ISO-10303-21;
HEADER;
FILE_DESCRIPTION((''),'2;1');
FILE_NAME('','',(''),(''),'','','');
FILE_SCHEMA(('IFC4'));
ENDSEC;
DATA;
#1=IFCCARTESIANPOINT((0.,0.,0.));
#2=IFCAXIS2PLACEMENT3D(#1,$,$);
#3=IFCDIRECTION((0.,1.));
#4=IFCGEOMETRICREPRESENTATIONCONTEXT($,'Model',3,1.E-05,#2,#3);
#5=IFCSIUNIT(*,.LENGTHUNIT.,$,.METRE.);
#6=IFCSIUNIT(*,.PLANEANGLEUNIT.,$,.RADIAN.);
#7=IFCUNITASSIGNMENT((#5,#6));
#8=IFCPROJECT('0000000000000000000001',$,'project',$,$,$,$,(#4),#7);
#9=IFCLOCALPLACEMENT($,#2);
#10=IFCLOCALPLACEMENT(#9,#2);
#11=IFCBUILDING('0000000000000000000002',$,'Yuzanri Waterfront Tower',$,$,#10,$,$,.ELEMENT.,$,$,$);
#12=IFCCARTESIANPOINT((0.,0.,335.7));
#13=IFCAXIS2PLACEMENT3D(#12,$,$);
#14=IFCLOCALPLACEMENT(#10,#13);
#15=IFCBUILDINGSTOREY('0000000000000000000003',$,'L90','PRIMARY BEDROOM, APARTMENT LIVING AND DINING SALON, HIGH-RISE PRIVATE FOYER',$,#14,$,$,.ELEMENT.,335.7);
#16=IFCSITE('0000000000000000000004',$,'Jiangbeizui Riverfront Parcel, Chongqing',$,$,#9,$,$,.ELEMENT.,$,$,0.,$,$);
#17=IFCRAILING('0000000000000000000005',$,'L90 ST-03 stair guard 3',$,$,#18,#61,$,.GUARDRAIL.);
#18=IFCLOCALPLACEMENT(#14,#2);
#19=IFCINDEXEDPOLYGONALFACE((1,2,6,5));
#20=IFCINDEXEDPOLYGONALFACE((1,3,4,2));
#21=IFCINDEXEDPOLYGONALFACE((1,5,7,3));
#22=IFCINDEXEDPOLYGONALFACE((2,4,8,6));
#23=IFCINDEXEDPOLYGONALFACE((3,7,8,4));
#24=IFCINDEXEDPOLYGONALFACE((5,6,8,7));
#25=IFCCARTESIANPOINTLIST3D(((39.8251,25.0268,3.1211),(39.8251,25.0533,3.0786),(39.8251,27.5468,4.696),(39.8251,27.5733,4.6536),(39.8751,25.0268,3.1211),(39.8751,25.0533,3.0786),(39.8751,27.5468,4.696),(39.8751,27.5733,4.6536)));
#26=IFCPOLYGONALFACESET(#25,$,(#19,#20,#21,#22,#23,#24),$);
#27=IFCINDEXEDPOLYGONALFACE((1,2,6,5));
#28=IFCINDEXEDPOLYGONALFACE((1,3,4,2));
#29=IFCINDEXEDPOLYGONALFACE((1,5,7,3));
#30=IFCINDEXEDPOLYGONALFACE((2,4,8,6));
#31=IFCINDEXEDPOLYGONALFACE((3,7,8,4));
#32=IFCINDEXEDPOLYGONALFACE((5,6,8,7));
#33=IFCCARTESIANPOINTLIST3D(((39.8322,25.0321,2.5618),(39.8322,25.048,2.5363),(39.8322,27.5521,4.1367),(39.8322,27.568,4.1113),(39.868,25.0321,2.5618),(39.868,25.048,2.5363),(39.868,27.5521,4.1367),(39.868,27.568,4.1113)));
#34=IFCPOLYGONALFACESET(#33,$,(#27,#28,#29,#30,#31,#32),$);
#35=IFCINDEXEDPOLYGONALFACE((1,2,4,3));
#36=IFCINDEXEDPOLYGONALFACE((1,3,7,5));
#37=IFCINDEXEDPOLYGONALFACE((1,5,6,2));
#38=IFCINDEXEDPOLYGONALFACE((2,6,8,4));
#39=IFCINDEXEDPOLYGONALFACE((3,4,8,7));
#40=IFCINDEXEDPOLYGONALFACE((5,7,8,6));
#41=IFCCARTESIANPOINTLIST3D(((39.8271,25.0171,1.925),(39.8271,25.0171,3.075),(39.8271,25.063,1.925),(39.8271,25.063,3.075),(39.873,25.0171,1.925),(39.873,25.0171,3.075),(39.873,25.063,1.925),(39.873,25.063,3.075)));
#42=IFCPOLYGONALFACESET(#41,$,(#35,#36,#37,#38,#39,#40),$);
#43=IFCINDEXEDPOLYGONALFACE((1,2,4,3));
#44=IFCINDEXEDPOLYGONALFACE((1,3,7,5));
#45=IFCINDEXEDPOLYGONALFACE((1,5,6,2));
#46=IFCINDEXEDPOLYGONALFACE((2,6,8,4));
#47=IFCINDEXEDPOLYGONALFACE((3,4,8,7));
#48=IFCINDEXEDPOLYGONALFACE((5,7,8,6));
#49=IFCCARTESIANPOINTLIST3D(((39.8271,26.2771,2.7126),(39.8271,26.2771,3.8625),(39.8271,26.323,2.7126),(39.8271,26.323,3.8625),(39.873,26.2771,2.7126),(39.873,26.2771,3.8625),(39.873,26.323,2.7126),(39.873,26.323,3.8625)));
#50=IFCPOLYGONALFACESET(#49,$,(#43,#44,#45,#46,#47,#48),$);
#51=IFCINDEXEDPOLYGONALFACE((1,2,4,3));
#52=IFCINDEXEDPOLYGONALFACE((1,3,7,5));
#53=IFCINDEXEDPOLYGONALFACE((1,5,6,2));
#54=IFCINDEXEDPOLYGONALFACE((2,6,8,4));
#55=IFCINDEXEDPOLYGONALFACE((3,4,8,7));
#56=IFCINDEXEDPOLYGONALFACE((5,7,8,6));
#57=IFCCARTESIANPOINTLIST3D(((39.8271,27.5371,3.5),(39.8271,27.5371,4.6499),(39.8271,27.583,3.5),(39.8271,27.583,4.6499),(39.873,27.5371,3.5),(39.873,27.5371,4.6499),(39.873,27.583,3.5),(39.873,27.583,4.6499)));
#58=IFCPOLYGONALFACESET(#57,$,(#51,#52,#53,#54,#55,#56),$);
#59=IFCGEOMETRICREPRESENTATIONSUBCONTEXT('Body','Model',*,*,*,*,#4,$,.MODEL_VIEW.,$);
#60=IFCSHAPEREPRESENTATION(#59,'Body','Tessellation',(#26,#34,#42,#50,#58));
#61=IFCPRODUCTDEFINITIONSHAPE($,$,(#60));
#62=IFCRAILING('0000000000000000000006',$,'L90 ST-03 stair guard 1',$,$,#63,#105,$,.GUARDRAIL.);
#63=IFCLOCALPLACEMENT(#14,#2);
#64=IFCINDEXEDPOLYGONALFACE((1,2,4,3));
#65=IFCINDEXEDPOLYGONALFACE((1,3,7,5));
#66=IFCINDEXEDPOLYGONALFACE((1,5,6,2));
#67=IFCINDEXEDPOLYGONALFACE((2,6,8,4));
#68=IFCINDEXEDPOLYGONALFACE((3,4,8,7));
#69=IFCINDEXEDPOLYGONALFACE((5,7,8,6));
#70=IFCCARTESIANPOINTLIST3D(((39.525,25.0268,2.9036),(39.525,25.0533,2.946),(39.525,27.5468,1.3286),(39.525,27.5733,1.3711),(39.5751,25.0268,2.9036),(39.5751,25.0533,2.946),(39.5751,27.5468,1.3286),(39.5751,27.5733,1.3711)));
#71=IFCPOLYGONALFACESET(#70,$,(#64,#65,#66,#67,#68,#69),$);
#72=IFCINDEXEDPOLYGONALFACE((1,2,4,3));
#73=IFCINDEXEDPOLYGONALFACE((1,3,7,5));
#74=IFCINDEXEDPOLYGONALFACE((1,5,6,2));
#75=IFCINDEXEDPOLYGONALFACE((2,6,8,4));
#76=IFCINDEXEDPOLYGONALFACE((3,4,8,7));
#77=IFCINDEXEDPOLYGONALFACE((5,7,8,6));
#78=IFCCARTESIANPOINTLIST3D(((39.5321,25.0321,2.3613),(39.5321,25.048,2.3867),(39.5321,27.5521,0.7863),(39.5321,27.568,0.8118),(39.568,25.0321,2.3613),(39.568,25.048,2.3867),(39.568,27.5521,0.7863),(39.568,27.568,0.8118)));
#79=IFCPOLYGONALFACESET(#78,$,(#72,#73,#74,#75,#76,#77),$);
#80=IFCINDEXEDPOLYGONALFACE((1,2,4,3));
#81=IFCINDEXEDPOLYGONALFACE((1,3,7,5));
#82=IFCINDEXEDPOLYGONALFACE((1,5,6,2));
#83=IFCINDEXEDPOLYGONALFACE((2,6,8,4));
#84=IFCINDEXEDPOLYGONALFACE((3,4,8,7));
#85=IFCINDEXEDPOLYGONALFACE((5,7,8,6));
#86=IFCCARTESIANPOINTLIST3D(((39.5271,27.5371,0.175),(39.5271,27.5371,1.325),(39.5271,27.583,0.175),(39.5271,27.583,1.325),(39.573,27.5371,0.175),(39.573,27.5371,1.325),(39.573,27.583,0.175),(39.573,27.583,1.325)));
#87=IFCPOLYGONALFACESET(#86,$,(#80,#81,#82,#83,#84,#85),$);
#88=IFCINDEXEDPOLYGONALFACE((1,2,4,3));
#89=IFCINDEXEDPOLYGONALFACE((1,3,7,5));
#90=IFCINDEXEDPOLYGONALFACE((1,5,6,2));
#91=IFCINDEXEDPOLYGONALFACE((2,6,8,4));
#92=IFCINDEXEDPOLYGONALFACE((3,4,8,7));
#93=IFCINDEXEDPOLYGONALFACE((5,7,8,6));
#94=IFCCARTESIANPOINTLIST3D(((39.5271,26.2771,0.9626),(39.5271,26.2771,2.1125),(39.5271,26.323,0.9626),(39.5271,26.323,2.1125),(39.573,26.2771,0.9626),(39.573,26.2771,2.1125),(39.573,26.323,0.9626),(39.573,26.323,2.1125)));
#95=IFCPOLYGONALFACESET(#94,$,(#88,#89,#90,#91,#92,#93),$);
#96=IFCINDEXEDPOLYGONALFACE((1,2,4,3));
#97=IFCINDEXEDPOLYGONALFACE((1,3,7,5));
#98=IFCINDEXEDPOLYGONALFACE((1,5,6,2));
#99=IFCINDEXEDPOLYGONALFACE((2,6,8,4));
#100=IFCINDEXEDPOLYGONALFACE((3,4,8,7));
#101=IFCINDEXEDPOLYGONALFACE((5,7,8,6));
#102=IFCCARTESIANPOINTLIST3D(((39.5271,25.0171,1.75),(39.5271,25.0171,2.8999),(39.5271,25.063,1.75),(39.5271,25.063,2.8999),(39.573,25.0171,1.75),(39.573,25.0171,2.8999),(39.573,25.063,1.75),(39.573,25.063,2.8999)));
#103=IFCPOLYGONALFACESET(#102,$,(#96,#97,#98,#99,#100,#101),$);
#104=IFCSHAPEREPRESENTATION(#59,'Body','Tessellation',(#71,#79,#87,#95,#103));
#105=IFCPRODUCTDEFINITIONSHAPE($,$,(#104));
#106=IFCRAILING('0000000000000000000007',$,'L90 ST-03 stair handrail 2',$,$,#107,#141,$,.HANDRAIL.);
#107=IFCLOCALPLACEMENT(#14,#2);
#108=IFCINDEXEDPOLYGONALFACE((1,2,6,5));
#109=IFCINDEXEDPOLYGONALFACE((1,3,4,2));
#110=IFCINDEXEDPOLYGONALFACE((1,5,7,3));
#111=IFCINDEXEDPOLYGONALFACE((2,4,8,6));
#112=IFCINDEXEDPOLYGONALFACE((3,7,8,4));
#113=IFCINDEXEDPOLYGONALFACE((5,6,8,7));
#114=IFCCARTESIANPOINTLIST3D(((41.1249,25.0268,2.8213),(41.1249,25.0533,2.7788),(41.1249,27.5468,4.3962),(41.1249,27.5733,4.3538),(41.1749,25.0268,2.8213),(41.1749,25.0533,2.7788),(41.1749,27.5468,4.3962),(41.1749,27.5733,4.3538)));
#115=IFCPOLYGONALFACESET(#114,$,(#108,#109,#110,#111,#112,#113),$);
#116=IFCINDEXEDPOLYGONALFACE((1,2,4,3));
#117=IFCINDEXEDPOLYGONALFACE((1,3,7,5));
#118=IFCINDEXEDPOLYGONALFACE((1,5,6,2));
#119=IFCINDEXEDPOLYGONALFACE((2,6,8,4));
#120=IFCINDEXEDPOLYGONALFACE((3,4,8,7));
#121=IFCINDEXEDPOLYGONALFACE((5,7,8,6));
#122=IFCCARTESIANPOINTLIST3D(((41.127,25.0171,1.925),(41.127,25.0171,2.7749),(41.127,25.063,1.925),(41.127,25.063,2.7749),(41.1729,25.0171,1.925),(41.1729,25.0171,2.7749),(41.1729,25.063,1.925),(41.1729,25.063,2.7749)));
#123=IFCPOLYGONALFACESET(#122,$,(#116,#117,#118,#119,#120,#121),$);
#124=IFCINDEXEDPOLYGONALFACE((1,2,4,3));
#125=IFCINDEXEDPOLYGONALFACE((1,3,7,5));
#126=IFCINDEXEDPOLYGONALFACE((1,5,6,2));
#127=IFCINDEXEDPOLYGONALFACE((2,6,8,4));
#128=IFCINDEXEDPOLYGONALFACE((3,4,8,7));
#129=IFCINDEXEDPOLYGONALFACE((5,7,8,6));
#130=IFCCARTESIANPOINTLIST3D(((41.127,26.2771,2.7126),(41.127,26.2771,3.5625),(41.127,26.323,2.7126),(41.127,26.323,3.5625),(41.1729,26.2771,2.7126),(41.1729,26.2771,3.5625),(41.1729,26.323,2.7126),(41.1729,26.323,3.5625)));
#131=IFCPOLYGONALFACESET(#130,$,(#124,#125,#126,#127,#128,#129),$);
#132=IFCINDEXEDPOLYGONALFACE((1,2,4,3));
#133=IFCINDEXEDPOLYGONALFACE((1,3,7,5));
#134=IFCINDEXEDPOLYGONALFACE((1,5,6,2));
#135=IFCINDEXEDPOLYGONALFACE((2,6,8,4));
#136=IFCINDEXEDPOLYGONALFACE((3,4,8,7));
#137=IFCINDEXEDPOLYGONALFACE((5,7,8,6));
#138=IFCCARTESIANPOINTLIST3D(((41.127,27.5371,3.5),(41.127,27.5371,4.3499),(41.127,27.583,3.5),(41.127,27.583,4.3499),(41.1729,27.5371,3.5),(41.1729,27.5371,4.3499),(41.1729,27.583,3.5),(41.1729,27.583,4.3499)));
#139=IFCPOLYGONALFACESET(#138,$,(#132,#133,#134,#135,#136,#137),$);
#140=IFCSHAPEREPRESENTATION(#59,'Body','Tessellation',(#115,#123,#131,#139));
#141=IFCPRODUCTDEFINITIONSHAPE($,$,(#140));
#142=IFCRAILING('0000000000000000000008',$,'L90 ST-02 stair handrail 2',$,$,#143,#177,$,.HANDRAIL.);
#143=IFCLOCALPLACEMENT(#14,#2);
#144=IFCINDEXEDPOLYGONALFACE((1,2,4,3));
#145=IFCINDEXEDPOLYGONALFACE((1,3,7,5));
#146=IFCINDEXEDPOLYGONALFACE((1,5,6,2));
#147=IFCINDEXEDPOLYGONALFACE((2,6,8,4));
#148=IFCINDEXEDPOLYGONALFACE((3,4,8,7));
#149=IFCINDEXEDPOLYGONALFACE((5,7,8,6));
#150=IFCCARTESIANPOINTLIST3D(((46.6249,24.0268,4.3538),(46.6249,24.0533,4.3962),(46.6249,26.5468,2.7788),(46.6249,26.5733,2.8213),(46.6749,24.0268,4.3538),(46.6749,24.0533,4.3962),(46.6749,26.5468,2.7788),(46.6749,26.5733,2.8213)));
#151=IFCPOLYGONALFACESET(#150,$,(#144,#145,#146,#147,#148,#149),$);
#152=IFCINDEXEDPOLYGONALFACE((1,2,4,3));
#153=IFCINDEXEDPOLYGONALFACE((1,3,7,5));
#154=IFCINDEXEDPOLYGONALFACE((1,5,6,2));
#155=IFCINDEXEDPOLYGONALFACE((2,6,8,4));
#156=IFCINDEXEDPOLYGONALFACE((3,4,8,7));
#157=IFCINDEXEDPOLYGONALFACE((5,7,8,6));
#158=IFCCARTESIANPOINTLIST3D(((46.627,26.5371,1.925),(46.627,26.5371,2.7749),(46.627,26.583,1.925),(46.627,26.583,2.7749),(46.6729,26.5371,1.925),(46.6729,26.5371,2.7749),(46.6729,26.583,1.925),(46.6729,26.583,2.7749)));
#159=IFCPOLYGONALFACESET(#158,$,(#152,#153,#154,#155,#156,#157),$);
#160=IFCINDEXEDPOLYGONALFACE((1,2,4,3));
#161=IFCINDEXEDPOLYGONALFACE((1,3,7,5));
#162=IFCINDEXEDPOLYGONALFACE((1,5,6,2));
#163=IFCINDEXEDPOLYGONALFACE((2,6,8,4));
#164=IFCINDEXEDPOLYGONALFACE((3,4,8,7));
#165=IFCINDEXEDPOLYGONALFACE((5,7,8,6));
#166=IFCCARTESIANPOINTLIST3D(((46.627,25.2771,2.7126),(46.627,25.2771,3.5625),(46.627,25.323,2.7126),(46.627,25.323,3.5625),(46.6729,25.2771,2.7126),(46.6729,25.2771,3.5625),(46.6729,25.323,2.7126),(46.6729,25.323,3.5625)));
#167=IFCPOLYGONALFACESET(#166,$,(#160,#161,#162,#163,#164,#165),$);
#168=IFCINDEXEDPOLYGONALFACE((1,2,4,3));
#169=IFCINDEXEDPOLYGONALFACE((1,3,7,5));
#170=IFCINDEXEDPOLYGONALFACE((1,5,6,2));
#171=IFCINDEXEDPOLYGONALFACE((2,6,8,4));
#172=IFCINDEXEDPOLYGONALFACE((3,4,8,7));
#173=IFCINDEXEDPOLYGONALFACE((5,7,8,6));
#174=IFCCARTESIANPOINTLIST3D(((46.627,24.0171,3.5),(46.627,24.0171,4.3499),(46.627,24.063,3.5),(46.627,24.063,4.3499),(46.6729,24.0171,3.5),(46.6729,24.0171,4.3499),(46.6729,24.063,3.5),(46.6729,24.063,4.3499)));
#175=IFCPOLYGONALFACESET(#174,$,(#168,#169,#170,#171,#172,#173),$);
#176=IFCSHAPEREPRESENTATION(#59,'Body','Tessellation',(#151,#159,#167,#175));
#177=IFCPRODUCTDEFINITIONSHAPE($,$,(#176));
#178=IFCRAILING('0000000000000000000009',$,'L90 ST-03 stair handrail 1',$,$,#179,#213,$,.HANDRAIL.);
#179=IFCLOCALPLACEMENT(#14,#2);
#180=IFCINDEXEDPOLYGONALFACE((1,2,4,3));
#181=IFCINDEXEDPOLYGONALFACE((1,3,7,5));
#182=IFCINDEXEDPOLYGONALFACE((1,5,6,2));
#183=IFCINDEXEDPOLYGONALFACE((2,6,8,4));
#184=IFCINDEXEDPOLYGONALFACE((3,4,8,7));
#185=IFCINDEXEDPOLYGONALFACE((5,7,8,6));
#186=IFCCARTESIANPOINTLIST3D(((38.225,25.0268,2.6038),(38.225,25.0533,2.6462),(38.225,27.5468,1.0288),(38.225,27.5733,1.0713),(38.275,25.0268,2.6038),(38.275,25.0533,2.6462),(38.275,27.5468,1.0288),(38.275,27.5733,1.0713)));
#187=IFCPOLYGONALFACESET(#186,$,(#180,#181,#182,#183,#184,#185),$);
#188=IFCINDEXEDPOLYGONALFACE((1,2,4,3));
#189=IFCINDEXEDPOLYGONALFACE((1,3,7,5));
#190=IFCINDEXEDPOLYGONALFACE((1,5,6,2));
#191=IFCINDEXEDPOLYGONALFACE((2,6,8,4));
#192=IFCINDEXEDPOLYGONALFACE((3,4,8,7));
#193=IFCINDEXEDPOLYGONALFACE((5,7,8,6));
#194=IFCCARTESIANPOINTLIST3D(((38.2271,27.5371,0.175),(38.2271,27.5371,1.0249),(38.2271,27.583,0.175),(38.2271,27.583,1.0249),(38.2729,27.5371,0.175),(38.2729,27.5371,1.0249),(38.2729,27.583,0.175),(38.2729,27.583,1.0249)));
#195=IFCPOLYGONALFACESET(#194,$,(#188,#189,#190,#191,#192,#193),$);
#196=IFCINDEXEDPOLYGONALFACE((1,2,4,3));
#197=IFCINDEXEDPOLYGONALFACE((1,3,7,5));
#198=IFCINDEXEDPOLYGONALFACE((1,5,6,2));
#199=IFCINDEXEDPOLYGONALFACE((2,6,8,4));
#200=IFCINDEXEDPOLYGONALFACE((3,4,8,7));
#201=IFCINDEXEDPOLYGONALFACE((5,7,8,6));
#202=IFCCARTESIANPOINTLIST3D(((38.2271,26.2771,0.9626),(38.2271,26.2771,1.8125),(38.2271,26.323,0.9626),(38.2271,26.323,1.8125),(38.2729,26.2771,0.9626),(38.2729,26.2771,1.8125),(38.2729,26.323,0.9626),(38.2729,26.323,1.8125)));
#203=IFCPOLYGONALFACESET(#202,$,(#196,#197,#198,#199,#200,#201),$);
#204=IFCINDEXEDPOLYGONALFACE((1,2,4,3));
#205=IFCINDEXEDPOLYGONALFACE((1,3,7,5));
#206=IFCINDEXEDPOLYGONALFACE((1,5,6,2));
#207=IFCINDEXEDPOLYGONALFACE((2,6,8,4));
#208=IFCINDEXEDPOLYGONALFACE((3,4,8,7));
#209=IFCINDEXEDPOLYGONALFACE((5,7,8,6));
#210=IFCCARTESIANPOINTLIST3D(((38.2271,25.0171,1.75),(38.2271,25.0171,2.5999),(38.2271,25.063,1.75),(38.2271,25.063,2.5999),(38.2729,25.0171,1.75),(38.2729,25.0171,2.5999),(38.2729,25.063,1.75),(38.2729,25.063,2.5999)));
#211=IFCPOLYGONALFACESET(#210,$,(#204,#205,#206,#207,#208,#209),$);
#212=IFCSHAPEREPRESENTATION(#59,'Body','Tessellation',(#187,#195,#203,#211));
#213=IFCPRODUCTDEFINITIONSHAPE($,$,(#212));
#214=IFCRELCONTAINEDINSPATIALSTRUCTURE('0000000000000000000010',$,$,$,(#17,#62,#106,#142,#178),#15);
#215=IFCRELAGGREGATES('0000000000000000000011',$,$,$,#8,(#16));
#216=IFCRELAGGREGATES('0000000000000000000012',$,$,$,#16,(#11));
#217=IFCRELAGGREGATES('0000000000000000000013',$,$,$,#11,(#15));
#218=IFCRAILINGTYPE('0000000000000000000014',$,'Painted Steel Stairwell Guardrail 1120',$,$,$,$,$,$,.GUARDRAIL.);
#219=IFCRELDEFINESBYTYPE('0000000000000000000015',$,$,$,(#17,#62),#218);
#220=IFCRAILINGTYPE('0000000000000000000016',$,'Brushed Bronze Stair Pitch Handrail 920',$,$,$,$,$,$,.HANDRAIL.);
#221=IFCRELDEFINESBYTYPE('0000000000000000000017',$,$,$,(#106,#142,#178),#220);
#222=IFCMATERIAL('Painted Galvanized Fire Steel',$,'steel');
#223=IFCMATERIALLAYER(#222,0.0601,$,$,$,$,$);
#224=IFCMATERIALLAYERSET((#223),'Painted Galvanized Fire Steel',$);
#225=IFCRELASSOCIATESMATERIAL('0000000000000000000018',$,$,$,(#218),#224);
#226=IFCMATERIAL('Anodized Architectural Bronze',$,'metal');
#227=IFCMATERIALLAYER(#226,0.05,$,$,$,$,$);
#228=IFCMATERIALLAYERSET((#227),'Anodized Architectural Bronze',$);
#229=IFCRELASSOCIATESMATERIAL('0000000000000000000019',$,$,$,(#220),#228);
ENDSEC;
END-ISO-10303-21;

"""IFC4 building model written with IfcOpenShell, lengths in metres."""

from ifc_helpers import new_model, si_unit, direction, frame, origin, origin_2d, place, context, subcontext, project, spatial, rectangle, extrude, source, transform, mapped, material, layer, layer_set, type_object, element, save


model = new_model("IFC4")

# Units and contexts
model_context = context("Model", 3, precision=1e-05, world=origin(), true_north=direction((0.0, 1.0)))
body_context = subcontext(model_context, "Body", "Model", "MODEL_VIEW")
ifc_project = project(units=[si_unit("LENGTHUNIT", "METRE"), si_unit("PLANEANGLEUNIT", "RADIAN")], contexts=[model_context])

# Site, building, storey
site_placement = place(None, origin())
site = spatial("IfcSite", under=ifc_project, at=site_placement, Name="Jiangbeizui Riverfront Parcel, Chongqing", CompositionType="ELEMENT", RefElevation=0.0)
building_placement = place(site_placement, origin())
building = spatial("IfcBuilding", under=site, at=building_placement, Name="Yuzanri Waterfront Tower", CompositionType="ELEMENT")
storey_placement = place(building_placement, frame((0.0, 0.0, 335.7)))
storey = spatial("IfcBuildingStorey", under=building, at=storey_placement, Name="L90", Description="PRIMARY BEDROOM, APARTMENT LIVING AND DINING SALON, HIGH-RISE PRIVATE FOYER", CompositionType="ELEMENT", Elevation=335.7)

# Railings
ifc_material_1 = material(Name="Painted Galvanized Fire Steel", Category="steel")
ifc_layer_1 = layer(ifc_material_1, 0.0601)
ifc_layer_set_1 = layer_set([ifc_layer_1], Name="Painted Galvanized Fire Steel")
railing_type_1 = type_object("IfcRailingType", Name="Painted Steel Stairwell Guardrail 1120", PredefinedType="GUARDRAIL", material=ifc_layer_set_1)
shared_shape_1 = source(origin(), body_context, "Body", "SweptSolid", [
    extrude(rectangle(XDim=0.05, YDim=0.05, at=origin_2d()), frame((0.0, 0.0, 1.1748), z_axis=(0.0, 0.848008, 0.529984), x_axis=(-1.0, 0.0, 0.0)), (0.0, 0.0, 1.0), 2.9717),
    extrude(rectangle(XDim=0.0359, YDim=0.03, at=origin_2d()), frame((0.0, 0.0, 0.624), z_axis=(0.0, 0.848008, 0.529984), x_axis=(-1.0, 0.0, 0.0)), (0.0, 0.0, 1.0), 2.9717),
    extrude(rectangle(XDim=0.0459, YDim=0.0459, at=origin_2d()), origin(), (0.0, 0.0, 1.0), 1.1499),
    extrude(rectangle(XDim=0.0459, YDim=0.0459, at=origin_2d()), frame((0.0, 1.26, 0.7876)), (0.0, 0.0, 1.0), 1.1499),
    extrude(rectangle(XDim=0.0459, YDim=0.0459, at=origin_2d()), frame((0.0, 2.52, 1.575)), (0.0, 0.0, 1.0), 1.1499),
])
railing_1_placement = place(storey_placement, frame((39.8501, 25.04, 1.925)))
element("IfcRailing", 1, at=railing_1_placement, inside=storey, type_object=railing_type_1, Name="L90 ST-03 stair guard 3", PredefinedType="GUARDRAIL", context=body_context, shape_type="MappedRepresentation", body=[
    mapped(shared_shape_1, transform((0.0, 0.0, 0.0), scale=1.0)),
])
shared_shape_2 = source(origin(), body_context, "Body", "SweptSolid", [
    extrude(rectangle(XDim=0.05, YDim=0.05, at=origin_2d()), frame((0.0, 0.0, 1.1748), z_axis=(0.0, -0.848008, 0.529984), x_axis=(1.0, 0.0, 0.0)), (0.0, 0.0, 1.0), 2.9717),
    extrude(rectangle(XDim=0.0359, YDim=0.03, at=origin_2d()), frame((0.0, 0.0, 0.624), z_axis=(0.0, -0.848008, 0.529984), x_axis=(1.0, 0.0, 0.0)), (0.0, 0.0, 1.0), 2.9717),
    extrude(rectangle(XDim=0.0459, YDim=0.0459, at=origin_2d()), origin(), (0.0, 0.0, 1.0), 1.1499),
    extrude(rectangle(XDim=0.0459, YDim=0.0459, at=origin_2d()), frame((0.0, -1.26, 0.7876)), (0.0, 0.0, 1.0), 1.1499),
    extrude(rectangle(XDim=0.0459, YDim=0.0459, at=origin_2d()), frame((0.0, -2.52, 1.575)), (0.0, 0.0, 1.0), 1.1499),
])
railing_2_placement = place(storey_placement, frame((39.55, 27.5601, 0.175)))
element("IfcRailing", 2, at=railing_2_placement, inside=storey, type_object=railing_type_1, Name="L90 ST-03 stair guard 1", PredefinedType="GUARDRAIL", context=body_context, shape_type="MappedRepresentation", body=[
    mapped(shared_shape_2, transform((0.0, 0.0, 0.0), scale=1.0)),
])
ifc_material_2 = material(Name="Anodized Architectural Bronze", Category="metal")
ifc_layer_2 = layer(ifc_material_2, 0.05)
ifc_layer_set_2 = layer_set([ifc_layer_2], Name="Anodized Architectural Bronze")
railing_type_2 = type_object("IfcRailingType", Name="Brushed Bronze Stair Pitch Handrail 920", PredefinedType="HANDRAIL", material=ifc_layer_set_2)
shared_shape_3 = source(origin(), body_context, "Body", "SweptSolid", [
    extrude(rectangle(XDim=0.05, YDim=0.05, at=origin_2d()), frame((0.0, 0.0, 0.875), z_axis=(0.0, 0.848008, 0.529984), x_axis=(-1.0, 0.0, 0.0)), (0.0, 0.0, 1.0), 2.9717),
    extrude(rectangle(XDim=0.0459, YDim=0.0459, at=origin_2d()), origin(), (0.0, 0.0, 1.0), 0.8499),
    extrude(rectangle(XDim=0.0459, YDim=0.0459, at=origin_2d()), frame((0.0, 1.26, 0.7876)), (0.0, 0.0, 1.0), 0.8499),
    extrude(rectangle(XDim=0.0459, YDim=0.0459, at=origin_2d()), frame((0.0, 2.52, 1.575)), (0.0, 0.0, 1.0), 0.8499),
])
railing_3_placement = place(storey_placement, frame((41.1499, 25.04, 1.925)))
element("IfcRailing", 3, at=railing_3_placement, inside=storey, type_object=railing_type_2, Name="L90 ST-03 stair handrail 2", PredefinedType="HANDRAIL", context=body_context, shape_type="MappedRepresentation", body=[
    mapped(shared_shape_3, transform((0.0, 0.0, 0.0), scale=1.0)),
])
shared_shape_4 = source(origin(), body_context, "Body", "SweptSolid", [
    extrude(rectangle(XDim=0.05, YDim=0.05, at=origin_2d()), frame((0.0, 0.0, 0.875), z_axis=(0.0, -0.848008, 0.529984), x_axis=(1.0, 0.0, 0.0)), (0.0, 0.0, 1.0), 2.9717),
    extrude(rectangle(XDim=0.0459, YDim=0.0459, at=origin_2d()), origin(), (0.0, 0.0, 1.0), 0.8499),
    extrude(rectangle(XDim=0.0459, YDim=0.0459, at=origin_2d()), frame((0.0, -1.26, 0.7876)), (0.0, 0.0, 1.0), 0.8499),
    extrude(rectangle(XDim=0.0459, YDim=0.0459, at=origin_2d()), frame((0.0, -2.52, 1.575)), (0.0, 0.0, 1.0), 0.8499),
])
for number, where, name in (
    (4, (46.6499, 26.5601, 1.925), "L90 ST-02 stair handrail 2"),
    (5, (38.25, 27.5601, 0.175), "L90 ST-03 stair handrail 1"),
):
    element("IfcRailing", number, at=place(storey_placement, frame(where)), inside=storey, type_object=railing_type_2, Name=name, PredefinedType="HANDRAIL", context=body_context, shape_type="MappedRepresentation", body=[
        mapped(shared_shape_4, transform((0.0, 0.0, 0.0), scale=1.0)),
    ])

save(model, "model.ifc")
